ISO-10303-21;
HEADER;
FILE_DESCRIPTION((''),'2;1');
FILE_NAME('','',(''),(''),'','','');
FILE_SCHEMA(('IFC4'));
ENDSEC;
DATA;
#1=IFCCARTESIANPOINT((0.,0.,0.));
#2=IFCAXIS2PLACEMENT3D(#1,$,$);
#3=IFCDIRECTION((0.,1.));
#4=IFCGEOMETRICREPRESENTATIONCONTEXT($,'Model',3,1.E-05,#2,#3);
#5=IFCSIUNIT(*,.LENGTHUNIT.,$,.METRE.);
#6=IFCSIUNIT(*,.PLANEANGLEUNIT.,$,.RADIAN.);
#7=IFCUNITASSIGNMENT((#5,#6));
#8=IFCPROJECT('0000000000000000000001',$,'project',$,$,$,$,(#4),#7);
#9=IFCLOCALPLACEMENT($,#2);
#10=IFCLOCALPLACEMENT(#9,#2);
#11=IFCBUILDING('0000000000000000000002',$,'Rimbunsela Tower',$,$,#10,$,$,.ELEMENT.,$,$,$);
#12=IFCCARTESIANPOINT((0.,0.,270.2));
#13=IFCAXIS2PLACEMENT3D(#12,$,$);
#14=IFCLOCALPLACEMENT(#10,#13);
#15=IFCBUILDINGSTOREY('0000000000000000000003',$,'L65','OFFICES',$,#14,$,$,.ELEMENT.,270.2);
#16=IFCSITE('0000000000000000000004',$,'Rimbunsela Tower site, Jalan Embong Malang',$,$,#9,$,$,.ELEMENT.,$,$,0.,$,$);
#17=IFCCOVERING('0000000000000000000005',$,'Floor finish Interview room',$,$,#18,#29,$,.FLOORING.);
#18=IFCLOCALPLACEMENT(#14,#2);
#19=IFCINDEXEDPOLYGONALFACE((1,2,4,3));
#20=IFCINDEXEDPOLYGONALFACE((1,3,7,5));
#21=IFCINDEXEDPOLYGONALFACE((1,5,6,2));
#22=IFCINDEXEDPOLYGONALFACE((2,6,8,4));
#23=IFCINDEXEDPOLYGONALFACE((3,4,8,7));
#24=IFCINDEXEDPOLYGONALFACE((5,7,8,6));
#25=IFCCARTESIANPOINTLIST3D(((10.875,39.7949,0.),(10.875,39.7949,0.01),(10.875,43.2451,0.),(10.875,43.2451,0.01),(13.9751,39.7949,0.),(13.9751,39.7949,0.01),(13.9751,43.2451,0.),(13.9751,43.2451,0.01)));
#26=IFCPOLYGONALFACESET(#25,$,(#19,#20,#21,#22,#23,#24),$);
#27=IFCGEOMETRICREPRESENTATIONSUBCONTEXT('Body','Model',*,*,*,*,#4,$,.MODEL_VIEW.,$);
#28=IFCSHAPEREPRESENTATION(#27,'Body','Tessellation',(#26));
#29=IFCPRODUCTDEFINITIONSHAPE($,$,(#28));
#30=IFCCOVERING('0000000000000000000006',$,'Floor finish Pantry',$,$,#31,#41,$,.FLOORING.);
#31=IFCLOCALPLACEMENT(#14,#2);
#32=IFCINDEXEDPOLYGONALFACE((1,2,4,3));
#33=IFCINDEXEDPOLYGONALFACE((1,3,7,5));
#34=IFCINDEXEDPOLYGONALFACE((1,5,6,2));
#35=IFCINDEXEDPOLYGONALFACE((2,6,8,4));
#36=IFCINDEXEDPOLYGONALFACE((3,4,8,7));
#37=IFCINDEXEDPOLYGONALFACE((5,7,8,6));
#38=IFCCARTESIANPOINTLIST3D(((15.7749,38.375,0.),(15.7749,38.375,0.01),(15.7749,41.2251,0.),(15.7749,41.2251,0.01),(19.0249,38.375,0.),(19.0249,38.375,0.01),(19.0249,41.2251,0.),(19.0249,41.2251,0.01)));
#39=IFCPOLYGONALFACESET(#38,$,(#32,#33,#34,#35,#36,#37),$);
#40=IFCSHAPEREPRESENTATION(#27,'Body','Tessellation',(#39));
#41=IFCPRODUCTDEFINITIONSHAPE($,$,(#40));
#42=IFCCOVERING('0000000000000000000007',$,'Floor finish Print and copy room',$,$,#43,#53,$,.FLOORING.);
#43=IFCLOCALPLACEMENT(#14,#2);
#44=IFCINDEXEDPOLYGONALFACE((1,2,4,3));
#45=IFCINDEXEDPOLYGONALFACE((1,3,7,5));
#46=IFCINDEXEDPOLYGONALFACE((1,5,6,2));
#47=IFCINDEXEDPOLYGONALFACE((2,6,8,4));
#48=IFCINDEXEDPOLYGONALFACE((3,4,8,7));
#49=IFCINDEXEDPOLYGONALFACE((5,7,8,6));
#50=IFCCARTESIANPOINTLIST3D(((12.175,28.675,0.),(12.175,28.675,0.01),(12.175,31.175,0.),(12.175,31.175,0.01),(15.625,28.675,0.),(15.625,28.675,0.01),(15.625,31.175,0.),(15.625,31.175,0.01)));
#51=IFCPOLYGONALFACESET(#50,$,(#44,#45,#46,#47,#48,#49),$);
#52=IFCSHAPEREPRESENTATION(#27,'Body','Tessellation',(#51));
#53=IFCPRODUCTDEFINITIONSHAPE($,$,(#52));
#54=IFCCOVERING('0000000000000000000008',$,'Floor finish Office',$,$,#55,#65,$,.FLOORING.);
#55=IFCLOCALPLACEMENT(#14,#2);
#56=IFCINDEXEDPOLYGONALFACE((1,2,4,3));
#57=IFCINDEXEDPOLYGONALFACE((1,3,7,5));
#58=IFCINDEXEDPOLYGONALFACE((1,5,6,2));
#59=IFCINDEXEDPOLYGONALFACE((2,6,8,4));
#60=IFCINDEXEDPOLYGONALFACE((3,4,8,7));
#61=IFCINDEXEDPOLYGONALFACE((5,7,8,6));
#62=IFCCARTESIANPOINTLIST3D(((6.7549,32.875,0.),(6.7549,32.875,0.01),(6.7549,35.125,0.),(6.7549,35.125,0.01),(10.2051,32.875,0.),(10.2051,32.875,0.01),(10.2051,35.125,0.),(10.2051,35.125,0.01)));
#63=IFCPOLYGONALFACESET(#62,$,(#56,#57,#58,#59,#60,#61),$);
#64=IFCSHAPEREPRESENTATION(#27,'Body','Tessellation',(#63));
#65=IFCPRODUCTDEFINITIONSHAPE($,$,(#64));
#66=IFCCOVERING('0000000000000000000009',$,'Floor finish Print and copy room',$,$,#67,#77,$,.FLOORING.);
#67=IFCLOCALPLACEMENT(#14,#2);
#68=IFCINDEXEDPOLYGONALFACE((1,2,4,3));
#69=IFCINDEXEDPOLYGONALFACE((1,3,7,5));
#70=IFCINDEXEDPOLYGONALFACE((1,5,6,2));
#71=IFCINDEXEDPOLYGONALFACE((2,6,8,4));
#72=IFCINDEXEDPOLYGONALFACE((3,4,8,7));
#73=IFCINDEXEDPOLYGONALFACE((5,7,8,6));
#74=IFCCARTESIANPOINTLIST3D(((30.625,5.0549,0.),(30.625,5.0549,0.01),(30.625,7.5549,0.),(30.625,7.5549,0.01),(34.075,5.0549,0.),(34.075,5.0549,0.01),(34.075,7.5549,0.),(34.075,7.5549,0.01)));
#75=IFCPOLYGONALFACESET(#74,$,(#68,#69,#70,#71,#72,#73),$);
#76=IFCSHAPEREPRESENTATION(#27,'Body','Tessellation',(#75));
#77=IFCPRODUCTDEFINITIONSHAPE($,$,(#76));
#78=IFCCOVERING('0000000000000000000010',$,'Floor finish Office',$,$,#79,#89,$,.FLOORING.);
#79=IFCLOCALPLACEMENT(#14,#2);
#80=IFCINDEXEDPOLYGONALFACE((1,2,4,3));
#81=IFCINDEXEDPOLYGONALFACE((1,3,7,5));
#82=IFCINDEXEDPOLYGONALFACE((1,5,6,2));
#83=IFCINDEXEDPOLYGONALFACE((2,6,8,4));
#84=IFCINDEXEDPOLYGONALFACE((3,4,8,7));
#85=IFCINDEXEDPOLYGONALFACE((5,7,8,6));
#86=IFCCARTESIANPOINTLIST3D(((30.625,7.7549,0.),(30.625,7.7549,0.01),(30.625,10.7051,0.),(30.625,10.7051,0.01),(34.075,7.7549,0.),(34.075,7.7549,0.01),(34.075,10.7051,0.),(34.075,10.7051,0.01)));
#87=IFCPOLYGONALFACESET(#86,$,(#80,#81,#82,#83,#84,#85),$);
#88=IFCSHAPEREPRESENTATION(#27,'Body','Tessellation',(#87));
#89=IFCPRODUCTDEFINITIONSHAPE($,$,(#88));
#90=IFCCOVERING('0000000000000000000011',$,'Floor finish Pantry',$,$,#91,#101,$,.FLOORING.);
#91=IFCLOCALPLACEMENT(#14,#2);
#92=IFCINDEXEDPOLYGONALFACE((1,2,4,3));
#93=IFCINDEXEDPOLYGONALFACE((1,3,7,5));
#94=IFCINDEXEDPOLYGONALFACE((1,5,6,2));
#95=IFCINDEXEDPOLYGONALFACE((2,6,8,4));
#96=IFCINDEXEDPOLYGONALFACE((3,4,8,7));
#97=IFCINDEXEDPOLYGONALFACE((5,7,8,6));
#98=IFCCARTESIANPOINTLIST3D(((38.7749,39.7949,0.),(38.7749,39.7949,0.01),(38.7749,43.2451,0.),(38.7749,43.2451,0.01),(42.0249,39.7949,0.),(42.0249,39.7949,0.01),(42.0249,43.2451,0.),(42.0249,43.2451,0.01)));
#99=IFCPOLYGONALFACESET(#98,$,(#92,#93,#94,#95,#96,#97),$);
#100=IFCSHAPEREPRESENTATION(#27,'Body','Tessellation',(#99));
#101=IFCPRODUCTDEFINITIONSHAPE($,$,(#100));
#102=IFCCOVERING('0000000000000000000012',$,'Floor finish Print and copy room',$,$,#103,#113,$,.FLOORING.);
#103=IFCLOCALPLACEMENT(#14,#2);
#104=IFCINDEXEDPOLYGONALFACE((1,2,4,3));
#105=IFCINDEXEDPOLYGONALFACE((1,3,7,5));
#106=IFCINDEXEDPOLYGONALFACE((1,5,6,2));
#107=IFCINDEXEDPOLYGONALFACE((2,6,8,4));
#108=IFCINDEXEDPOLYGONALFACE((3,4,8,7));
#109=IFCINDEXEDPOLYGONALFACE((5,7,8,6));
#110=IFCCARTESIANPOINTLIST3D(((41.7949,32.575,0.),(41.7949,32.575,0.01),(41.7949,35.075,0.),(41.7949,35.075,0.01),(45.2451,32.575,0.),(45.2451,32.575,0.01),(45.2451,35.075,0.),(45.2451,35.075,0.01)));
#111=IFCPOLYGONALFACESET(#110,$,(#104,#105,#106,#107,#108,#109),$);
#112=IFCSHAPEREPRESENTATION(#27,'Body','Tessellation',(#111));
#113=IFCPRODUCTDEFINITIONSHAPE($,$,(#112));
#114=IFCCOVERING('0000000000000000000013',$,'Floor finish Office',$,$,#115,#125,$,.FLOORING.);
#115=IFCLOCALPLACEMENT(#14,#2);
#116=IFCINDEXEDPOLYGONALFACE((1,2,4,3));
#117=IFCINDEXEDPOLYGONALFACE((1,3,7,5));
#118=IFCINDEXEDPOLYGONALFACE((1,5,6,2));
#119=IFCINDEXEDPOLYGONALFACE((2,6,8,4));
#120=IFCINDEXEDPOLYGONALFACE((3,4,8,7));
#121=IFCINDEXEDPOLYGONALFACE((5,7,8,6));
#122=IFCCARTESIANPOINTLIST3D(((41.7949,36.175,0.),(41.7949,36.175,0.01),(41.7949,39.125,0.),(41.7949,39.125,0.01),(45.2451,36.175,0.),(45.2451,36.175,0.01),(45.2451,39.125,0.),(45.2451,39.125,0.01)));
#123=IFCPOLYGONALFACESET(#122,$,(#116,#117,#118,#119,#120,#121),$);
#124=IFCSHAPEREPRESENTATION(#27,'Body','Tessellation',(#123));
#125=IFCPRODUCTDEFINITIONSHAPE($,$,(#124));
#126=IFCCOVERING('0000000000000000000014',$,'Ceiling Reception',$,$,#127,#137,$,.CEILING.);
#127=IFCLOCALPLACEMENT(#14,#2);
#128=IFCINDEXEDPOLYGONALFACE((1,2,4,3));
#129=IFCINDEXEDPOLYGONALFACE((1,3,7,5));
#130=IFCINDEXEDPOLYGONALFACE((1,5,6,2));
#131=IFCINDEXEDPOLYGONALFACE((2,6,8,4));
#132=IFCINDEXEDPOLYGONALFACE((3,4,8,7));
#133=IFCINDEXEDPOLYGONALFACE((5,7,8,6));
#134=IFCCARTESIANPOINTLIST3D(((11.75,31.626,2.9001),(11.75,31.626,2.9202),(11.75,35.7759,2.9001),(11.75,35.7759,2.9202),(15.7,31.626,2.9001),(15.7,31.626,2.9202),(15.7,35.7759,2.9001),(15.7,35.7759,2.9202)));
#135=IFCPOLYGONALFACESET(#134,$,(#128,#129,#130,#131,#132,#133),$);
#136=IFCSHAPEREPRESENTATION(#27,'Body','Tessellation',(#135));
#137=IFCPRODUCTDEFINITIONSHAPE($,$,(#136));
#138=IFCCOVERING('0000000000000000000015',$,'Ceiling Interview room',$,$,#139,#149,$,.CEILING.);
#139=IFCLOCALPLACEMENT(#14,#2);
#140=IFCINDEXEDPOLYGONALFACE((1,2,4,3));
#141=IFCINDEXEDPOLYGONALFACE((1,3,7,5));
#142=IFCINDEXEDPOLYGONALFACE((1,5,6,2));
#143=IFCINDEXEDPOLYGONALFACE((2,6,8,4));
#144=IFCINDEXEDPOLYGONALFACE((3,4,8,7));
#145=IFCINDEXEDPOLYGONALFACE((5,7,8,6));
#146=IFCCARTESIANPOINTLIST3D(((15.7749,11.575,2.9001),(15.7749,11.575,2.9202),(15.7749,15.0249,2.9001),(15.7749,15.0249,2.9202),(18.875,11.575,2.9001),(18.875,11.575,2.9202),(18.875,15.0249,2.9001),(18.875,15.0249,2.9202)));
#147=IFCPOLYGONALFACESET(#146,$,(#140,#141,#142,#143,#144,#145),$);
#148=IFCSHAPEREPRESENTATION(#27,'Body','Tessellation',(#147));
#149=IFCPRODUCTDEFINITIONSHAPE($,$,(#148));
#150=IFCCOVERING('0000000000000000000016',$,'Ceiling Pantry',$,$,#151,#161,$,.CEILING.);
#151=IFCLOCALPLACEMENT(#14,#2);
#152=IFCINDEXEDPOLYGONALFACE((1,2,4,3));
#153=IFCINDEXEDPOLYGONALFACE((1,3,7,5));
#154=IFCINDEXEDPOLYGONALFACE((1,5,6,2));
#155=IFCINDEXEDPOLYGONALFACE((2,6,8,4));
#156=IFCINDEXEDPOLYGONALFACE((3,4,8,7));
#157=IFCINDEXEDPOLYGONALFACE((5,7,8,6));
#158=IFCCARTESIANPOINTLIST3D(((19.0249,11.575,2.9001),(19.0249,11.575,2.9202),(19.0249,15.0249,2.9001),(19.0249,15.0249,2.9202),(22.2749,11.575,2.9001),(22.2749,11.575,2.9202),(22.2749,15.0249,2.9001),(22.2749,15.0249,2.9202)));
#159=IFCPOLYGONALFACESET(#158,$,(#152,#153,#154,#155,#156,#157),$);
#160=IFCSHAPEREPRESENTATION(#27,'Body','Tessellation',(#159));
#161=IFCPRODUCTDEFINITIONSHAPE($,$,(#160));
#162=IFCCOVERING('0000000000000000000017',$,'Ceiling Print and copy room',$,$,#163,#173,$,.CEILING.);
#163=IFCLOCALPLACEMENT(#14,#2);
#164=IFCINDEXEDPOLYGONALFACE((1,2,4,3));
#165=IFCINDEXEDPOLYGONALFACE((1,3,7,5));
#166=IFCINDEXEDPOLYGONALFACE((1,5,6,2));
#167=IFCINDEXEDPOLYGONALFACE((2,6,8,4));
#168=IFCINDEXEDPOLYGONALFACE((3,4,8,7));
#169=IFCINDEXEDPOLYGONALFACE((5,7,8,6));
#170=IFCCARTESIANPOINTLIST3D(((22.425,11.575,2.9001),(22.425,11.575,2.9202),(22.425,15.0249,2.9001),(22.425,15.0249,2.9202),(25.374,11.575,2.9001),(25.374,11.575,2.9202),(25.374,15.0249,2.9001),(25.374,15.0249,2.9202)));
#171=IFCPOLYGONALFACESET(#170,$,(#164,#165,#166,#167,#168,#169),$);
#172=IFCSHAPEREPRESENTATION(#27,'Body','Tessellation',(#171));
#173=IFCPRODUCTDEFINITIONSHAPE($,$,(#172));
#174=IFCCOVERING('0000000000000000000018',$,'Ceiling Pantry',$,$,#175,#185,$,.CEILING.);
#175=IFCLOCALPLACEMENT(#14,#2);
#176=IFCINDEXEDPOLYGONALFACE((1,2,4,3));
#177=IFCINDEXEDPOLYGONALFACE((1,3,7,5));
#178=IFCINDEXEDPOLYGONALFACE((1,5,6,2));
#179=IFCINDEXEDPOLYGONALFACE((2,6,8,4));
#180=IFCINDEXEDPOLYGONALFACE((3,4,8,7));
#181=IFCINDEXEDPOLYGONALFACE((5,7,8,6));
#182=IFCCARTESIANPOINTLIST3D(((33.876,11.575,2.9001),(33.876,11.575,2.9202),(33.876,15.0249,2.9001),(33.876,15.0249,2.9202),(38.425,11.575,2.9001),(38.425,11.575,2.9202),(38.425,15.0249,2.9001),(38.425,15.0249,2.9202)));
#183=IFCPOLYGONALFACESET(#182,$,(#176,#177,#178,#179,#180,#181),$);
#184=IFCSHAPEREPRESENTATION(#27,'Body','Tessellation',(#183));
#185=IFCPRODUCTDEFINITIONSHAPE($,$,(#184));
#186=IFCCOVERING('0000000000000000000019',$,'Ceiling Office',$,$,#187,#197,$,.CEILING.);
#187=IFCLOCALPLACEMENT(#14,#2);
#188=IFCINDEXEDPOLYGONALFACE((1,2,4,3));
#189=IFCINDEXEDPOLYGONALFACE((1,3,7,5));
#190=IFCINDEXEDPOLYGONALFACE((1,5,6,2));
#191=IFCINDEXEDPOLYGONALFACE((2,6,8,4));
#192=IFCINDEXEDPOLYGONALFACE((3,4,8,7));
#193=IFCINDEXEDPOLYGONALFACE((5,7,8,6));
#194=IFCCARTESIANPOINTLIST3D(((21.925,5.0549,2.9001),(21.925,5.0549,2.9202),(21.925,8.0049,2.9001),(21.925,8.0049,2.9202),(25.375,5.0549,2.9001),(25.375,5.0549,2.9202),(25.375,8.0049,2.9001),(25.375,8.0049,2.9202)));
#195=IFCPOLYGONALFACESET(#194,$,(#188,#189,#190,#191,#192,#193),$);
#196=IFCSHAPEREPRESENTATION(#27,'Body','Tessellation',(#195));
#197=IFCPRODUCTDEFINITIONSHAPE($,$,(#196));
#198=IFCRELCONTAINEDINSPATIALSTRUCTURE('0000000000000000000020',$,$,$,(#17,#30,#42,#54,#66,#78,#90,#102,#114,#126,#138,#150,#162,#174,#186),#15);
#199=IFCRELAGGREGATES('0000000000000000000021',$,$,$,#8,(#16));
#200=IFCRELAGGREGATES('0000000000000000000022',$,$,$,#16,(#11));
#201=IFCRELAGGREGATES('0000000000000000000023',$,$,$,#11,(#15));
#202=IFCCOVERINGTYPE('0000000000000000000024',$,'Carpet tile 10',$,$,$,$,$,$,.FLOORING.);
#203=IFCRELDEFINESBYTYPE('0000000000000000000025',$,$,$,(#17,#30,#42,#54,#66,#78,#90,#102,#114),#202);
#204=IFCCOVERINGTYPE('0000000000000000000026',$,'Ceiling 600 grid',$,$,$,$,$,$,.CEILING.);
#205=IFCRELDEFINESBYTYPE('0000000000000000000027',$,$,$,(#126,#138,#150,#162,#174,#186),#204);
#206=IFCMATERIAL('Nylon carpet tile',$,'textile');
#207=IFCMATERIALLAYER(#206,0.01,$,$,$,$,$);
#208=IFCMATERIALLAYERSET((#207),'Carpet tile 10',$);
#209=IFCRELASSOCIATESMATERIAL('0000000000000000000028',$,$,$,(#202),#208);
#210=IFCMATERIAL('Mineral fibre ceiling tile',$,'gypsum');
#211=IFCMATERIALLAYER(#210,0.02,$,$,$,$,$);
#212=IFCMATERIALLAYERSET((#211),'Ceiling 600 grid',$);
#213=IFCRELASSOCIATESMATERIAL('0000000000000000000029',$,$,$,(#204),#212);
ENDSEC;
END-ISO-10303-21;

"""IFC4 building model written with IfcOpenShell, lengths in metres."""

from ifc_helpers import new_model, si_unit, direction, frame, origin, place, context, subcontext, project, spatial, polyline, outline, extrude, material, layer, layer_set, type_object, element, save


model = new_model("IFC4")

# Units and contexts
model_context = context("Model", 3, precision=1e-05, world=origin(), true_north=direction((0.0, 1.0)))
body_context = subcontext(model_context, "Body", "Model", "MODEL_VIEW")
ifc_project = project(units=[si_unit("LENGTHUNIT", "METRE"), si_unit("PLANEANGLEUNIT", "RADIAN")], contexts=[model_context])

# Site, building, storey
site_placement = place(None, origin())
site = spatial("IfcSite", under=ifc_project, at=site_placement, Name="Rimbunsela Tower site, Jalan Embong Malang", CompositionType="ELEMENT", RefElevation=0.0)
building_placement = place(site_placement, origin())
building = spatial("IfcBuilding", under=site, at=building_placement, Name="Rimbunsela Tower", CompositionType="ELEMENT")
storey_placement = place(building_placement, frame((0.0, 0.0, 270.2)))
storey = spatial("IfcBuildingStorey", under=building, at=storey_placement, Name="L65", Description="OFFICES", CompositionType="ELEMENT", Elevation=270.2)

# Coverings
ifc_material_1 = material(Name="Nylon carpet tile", Category="textile")
ifc_layer_1 = layer(ifc_material_1, 0.01)
ifc_layer_set_1 = layer_set([ifc_layer_1], Name="Carpet tile 10")
covering_type_1 = type_object("IfcCoveringType", Name="Carpet tile 10", PredefinedType="FLOORING", material=ifc_layer_set_1)
covering_1_placement = place(storey_placement, origin())
element("IfcCovering", 1, at=covering_1_placement, inside=storey, type_object=covering_type_1, Name="Floor finish Interview room", PredefinedType="FLOORING", context=body_context, shape_type="SweptSolid", body=[
    extrude(outline(polyline([(13.9751, 39.7949), (13.9751, 43.2451), (10.875, 43.2451), (10.875, 39.7949), (13.9751, 39.7949)])), origin(), (0.0, 0.0, 1.0), 0.01),
])
covering_2_placement = place(storey_placement, origin())
element("IfcCovering", 2, at=covering_2_placement, inside=storey, type_object=covering_type_1, Name="Floor finish Pantry", PredefinedType="FLOORING", context=body_context, shape_type="SweptSolid", body=[
    extrude(outline(polyline([(19.0249, 38.375), (19.0249, 41.2251), (15.7749, 41.2251), (15.7749, 38.375), (19.0249, 38.375)])), origin(), (0.0, 0.0, 1.0), 0.01),
])
covering_3_placement = place(storey_placement, origin())
element("IfcCovering", 3, at=covering_3_placement, inside=storey, type_object=covering_type_1, Name="Floor finish Print and copy room", PredefinedType="FLOORING", context=body_context, shape_type="SweptSolid", body=[
    extrude(outline(polyline([(15.625, 28.675), (15.625, 31.175), (12.175, 31.175), (12.175, 28.675), (15.625, 28.675)])), origin(), (0.0, 0.0, 1.0), 0.01),
])
covering_4_placement = place(storey_placement, origin())
element("IfcCovering", 4, at=covering_4_placement, inside=storey, type_object=covering_type_1, Name="Floor finish Office", PredefinedType="FLOORING", context=body_context, shape_type="SweptSolid", body=[
    extrude(outline(polyline([(10.2051, 32.875), (10.2051, 35.125), (6.7549, 35.125), (6.7549, 32.875), (10.2051, 32.875)])), origin(), (0.0, 0.0, 1.0), 0.01),
])
covering_5_placement = place(storey_placement, origin())
element("IfcCovering", 5, at=covering_5_placement, inside=storey, type_object=covering_type_1, Name="Floor finish Print and copy room", PredefinedType="FLOORING", context=body_context, shape_type="SweptSolid", body=[
    extrude(outline(polyline([(34.075, 5.0549), (34.075, 7.5549), (30.625, 7.5549), (30.625, 5.0549), (34.075, 5.0549)])), origin(), (0.0, 0.0, 1.0), 0.01),
])
covering_6_placement = place(storey_placement, origin())
element("IfcCovering", 6, at=covering_6_placement, inside=storey, type_object=covering_type_1, Name="Floor finish Office", PredefinedType="FLOORING", context=body_context, shape_type="SweptSolid", body=[
    extrude(outline(polyline([(34.075, 7.7549), (34.075, 10.7051), (30.625, 10.7051), (30.625, 7.7549), (34.075, 7.7549)])), origin(), (0.0, 0.0, 1.0), 0.01),
])
covering_7_placement = place(storey_placement, origin())
element("IfcCovering", 7, at=covering_7_placement, inside=storey, type_object=covering_type_1, Name="Floor finish Pantry", PredefinedType="FLOORING", context=body_context, shape_type="SweptSolid", body=[
    extrude(outline(polyline([(42.0249, 39.7949), (42.0249, 43.2451), (38.7749, 43.2451), (38.7749, 39.7949), (42.0249, 39.7949)])), origin(), (0.0, 0.0, 1.0), 0.01),
])
covering_8_placement = place(storey_placement, origin())
element("IfcCovering", 8, at=covering_8_placement, inside=storey, type_object=covering_type_1, Name="Floor finish Print and copy room", PredefinedType="FLOORING", context=body_context, shape_type="SweptSolid", body=[
    extrude(outline(polyline([(45.2451, 32.575), (45.2451, 35.075), (41.7949, 35.075), (41.7949, 32.575), (45.2451, 32.575)])), origin(), (0.0, 0.0, 1.0), 0.01),
])
covering_9_placement = place(storey_placement, origin())
element("IfcCovering", 9, at=covering_9_placement, inside=storey, type_object=covering_type_1, Name="Floor finish Office", PredefinedType="FLOORING", context=body_context, shape_type="SweptSolid", body=[
    extrude(outline(polyline([(45.2451, 36.175), (45.2451, 39.125), (41.7949, 39.125), (41.7949, 36.175), (45.2451, 36.175)])), origin(), (0.0, 0.0, 1.0), 0.01),
])
ifc_material_2 = material(Name="Mineral fibre ceiling tile", Category="gypsum")
ifc_layer_2 = layer(ifc_material_2, 0.02)
ifc_layer_set_2 = layer_set([ifc_layer_2], Name="Ceiling 600 grid")
covering_type_2 = type_object("IfcCoveringType", Name="Ceiling 600 grid", PredefinedType="CEILING", material=ifc_layer_set_2)
covering_10_placement = place(storey_placement, frame((0.0, 0.0, 2.9001)))
element("IfcCovering", 10, at=covering_10_placement, inside=storey, type_object=covering_type_2, Name="Ceiling Reception", PredefinedType="CEILING", context=body_context, shape_type="SweptSolid", body=[
    extrude(outline(polyline([(15.7, 31.626), (15.7, 35.7759), (11.75, 35.7759), (11.75, 31.626), (15.7, 31.626)])), origin(), (0.0, 0.0, 1.0), 0.02),
])
covering_11_placement = place(storey_placement, frame((0.0, 0.0, 2.9001)))
element("IfcCovering", 11, at=covering_11_placement, inside=storey, type_object=covering_type_2, Name="Ceiling Interview room", PredefinedType="CEILING", context=body_context, shape_type="SweptSolid", body=[
    extrude(outline(polyline([(18.875, 11.575), (18.875, 15.0249), (15.7749, 15.0249), (15.7749, 11.575), (18.875, 11.575)])), origin(), (0.0, 0.0, 1.0), 0.02),
])
covering_12_placement = place(storey_placement, frame((0.0, 0.0, 2.9001)))
element("IfcCovering", 12, at=covering_12_placement, inside=storey, type_object=covering_type_2, Name="Ceiling Pantry", PredefinedType="CEILING", context=body_context, shape_type="SweptSolid", body=[
    extrude(outline(polyline([(22.2749, 11.575), (22.2749, 15.0249), (19.0249, 15.0249), (19.0249, 11.575), (22.2749, 11.575)])), origin(), (0.0, 0.0, 1.0), 0.02),
])
covering_13_placement = place(storey_placement, frame((0.0, 0.0, 2.9001)))
element("IfcCovering", 13, at=covering_13_placement, inside=storey, type_object=covering_type_2, Name="Ceiling Print and copy room", PredefinedType="CEILING", context=body_context, shape_type="SweptSolid", body=[
    extrude(outline(polyline([(25.374, 11.575), (25.374, 15.0249), (22.425, 15.0249), (22.425, 11.575), (25.374, 11.575)])), origin(), (0.0, 0.0, 1.0), 0.02),
])
covering_14_placement = place(storey_placement, frame((0.0, 0.0, 2.9001)))
element("IfcCovering", 14, at=covering_14_placement, inside=storey, type_object=covering_type_2, Name="Ceiling Pantry", PredefinedType="CEILING", context=body_context, shape_type="SweptSolid", body=[
    extrude(outline(polyline([(38.425, 11.575), (38.425, 15.0249), (33.876, 15.0249), (33.876, 11.575), (38.425, 11.575)])), origin(), (0.0, 0.0, 1.0), 0.02),
])
covering_15_placement = place(storey_placement, frame((0.0, 0.0, 2.9001)))
element("IfcCovering", 15, at=covering_15_placement, inside=storey, type_object=covering_type_2, Name="Ceiling Office", PredefinedType="CEILING", context=body_context, shape_type="SweptSolid", body=[
    extrude(outline(polyline([(25.375, 5.0549), (25.375, 8.0049), (21.925, 8.0049), (21.925, 5.0549), (25.375, 5.0549)])), origin(), (0.0, 0.0, 1.0), 0.02),
])

save(model, "model.ifc")
